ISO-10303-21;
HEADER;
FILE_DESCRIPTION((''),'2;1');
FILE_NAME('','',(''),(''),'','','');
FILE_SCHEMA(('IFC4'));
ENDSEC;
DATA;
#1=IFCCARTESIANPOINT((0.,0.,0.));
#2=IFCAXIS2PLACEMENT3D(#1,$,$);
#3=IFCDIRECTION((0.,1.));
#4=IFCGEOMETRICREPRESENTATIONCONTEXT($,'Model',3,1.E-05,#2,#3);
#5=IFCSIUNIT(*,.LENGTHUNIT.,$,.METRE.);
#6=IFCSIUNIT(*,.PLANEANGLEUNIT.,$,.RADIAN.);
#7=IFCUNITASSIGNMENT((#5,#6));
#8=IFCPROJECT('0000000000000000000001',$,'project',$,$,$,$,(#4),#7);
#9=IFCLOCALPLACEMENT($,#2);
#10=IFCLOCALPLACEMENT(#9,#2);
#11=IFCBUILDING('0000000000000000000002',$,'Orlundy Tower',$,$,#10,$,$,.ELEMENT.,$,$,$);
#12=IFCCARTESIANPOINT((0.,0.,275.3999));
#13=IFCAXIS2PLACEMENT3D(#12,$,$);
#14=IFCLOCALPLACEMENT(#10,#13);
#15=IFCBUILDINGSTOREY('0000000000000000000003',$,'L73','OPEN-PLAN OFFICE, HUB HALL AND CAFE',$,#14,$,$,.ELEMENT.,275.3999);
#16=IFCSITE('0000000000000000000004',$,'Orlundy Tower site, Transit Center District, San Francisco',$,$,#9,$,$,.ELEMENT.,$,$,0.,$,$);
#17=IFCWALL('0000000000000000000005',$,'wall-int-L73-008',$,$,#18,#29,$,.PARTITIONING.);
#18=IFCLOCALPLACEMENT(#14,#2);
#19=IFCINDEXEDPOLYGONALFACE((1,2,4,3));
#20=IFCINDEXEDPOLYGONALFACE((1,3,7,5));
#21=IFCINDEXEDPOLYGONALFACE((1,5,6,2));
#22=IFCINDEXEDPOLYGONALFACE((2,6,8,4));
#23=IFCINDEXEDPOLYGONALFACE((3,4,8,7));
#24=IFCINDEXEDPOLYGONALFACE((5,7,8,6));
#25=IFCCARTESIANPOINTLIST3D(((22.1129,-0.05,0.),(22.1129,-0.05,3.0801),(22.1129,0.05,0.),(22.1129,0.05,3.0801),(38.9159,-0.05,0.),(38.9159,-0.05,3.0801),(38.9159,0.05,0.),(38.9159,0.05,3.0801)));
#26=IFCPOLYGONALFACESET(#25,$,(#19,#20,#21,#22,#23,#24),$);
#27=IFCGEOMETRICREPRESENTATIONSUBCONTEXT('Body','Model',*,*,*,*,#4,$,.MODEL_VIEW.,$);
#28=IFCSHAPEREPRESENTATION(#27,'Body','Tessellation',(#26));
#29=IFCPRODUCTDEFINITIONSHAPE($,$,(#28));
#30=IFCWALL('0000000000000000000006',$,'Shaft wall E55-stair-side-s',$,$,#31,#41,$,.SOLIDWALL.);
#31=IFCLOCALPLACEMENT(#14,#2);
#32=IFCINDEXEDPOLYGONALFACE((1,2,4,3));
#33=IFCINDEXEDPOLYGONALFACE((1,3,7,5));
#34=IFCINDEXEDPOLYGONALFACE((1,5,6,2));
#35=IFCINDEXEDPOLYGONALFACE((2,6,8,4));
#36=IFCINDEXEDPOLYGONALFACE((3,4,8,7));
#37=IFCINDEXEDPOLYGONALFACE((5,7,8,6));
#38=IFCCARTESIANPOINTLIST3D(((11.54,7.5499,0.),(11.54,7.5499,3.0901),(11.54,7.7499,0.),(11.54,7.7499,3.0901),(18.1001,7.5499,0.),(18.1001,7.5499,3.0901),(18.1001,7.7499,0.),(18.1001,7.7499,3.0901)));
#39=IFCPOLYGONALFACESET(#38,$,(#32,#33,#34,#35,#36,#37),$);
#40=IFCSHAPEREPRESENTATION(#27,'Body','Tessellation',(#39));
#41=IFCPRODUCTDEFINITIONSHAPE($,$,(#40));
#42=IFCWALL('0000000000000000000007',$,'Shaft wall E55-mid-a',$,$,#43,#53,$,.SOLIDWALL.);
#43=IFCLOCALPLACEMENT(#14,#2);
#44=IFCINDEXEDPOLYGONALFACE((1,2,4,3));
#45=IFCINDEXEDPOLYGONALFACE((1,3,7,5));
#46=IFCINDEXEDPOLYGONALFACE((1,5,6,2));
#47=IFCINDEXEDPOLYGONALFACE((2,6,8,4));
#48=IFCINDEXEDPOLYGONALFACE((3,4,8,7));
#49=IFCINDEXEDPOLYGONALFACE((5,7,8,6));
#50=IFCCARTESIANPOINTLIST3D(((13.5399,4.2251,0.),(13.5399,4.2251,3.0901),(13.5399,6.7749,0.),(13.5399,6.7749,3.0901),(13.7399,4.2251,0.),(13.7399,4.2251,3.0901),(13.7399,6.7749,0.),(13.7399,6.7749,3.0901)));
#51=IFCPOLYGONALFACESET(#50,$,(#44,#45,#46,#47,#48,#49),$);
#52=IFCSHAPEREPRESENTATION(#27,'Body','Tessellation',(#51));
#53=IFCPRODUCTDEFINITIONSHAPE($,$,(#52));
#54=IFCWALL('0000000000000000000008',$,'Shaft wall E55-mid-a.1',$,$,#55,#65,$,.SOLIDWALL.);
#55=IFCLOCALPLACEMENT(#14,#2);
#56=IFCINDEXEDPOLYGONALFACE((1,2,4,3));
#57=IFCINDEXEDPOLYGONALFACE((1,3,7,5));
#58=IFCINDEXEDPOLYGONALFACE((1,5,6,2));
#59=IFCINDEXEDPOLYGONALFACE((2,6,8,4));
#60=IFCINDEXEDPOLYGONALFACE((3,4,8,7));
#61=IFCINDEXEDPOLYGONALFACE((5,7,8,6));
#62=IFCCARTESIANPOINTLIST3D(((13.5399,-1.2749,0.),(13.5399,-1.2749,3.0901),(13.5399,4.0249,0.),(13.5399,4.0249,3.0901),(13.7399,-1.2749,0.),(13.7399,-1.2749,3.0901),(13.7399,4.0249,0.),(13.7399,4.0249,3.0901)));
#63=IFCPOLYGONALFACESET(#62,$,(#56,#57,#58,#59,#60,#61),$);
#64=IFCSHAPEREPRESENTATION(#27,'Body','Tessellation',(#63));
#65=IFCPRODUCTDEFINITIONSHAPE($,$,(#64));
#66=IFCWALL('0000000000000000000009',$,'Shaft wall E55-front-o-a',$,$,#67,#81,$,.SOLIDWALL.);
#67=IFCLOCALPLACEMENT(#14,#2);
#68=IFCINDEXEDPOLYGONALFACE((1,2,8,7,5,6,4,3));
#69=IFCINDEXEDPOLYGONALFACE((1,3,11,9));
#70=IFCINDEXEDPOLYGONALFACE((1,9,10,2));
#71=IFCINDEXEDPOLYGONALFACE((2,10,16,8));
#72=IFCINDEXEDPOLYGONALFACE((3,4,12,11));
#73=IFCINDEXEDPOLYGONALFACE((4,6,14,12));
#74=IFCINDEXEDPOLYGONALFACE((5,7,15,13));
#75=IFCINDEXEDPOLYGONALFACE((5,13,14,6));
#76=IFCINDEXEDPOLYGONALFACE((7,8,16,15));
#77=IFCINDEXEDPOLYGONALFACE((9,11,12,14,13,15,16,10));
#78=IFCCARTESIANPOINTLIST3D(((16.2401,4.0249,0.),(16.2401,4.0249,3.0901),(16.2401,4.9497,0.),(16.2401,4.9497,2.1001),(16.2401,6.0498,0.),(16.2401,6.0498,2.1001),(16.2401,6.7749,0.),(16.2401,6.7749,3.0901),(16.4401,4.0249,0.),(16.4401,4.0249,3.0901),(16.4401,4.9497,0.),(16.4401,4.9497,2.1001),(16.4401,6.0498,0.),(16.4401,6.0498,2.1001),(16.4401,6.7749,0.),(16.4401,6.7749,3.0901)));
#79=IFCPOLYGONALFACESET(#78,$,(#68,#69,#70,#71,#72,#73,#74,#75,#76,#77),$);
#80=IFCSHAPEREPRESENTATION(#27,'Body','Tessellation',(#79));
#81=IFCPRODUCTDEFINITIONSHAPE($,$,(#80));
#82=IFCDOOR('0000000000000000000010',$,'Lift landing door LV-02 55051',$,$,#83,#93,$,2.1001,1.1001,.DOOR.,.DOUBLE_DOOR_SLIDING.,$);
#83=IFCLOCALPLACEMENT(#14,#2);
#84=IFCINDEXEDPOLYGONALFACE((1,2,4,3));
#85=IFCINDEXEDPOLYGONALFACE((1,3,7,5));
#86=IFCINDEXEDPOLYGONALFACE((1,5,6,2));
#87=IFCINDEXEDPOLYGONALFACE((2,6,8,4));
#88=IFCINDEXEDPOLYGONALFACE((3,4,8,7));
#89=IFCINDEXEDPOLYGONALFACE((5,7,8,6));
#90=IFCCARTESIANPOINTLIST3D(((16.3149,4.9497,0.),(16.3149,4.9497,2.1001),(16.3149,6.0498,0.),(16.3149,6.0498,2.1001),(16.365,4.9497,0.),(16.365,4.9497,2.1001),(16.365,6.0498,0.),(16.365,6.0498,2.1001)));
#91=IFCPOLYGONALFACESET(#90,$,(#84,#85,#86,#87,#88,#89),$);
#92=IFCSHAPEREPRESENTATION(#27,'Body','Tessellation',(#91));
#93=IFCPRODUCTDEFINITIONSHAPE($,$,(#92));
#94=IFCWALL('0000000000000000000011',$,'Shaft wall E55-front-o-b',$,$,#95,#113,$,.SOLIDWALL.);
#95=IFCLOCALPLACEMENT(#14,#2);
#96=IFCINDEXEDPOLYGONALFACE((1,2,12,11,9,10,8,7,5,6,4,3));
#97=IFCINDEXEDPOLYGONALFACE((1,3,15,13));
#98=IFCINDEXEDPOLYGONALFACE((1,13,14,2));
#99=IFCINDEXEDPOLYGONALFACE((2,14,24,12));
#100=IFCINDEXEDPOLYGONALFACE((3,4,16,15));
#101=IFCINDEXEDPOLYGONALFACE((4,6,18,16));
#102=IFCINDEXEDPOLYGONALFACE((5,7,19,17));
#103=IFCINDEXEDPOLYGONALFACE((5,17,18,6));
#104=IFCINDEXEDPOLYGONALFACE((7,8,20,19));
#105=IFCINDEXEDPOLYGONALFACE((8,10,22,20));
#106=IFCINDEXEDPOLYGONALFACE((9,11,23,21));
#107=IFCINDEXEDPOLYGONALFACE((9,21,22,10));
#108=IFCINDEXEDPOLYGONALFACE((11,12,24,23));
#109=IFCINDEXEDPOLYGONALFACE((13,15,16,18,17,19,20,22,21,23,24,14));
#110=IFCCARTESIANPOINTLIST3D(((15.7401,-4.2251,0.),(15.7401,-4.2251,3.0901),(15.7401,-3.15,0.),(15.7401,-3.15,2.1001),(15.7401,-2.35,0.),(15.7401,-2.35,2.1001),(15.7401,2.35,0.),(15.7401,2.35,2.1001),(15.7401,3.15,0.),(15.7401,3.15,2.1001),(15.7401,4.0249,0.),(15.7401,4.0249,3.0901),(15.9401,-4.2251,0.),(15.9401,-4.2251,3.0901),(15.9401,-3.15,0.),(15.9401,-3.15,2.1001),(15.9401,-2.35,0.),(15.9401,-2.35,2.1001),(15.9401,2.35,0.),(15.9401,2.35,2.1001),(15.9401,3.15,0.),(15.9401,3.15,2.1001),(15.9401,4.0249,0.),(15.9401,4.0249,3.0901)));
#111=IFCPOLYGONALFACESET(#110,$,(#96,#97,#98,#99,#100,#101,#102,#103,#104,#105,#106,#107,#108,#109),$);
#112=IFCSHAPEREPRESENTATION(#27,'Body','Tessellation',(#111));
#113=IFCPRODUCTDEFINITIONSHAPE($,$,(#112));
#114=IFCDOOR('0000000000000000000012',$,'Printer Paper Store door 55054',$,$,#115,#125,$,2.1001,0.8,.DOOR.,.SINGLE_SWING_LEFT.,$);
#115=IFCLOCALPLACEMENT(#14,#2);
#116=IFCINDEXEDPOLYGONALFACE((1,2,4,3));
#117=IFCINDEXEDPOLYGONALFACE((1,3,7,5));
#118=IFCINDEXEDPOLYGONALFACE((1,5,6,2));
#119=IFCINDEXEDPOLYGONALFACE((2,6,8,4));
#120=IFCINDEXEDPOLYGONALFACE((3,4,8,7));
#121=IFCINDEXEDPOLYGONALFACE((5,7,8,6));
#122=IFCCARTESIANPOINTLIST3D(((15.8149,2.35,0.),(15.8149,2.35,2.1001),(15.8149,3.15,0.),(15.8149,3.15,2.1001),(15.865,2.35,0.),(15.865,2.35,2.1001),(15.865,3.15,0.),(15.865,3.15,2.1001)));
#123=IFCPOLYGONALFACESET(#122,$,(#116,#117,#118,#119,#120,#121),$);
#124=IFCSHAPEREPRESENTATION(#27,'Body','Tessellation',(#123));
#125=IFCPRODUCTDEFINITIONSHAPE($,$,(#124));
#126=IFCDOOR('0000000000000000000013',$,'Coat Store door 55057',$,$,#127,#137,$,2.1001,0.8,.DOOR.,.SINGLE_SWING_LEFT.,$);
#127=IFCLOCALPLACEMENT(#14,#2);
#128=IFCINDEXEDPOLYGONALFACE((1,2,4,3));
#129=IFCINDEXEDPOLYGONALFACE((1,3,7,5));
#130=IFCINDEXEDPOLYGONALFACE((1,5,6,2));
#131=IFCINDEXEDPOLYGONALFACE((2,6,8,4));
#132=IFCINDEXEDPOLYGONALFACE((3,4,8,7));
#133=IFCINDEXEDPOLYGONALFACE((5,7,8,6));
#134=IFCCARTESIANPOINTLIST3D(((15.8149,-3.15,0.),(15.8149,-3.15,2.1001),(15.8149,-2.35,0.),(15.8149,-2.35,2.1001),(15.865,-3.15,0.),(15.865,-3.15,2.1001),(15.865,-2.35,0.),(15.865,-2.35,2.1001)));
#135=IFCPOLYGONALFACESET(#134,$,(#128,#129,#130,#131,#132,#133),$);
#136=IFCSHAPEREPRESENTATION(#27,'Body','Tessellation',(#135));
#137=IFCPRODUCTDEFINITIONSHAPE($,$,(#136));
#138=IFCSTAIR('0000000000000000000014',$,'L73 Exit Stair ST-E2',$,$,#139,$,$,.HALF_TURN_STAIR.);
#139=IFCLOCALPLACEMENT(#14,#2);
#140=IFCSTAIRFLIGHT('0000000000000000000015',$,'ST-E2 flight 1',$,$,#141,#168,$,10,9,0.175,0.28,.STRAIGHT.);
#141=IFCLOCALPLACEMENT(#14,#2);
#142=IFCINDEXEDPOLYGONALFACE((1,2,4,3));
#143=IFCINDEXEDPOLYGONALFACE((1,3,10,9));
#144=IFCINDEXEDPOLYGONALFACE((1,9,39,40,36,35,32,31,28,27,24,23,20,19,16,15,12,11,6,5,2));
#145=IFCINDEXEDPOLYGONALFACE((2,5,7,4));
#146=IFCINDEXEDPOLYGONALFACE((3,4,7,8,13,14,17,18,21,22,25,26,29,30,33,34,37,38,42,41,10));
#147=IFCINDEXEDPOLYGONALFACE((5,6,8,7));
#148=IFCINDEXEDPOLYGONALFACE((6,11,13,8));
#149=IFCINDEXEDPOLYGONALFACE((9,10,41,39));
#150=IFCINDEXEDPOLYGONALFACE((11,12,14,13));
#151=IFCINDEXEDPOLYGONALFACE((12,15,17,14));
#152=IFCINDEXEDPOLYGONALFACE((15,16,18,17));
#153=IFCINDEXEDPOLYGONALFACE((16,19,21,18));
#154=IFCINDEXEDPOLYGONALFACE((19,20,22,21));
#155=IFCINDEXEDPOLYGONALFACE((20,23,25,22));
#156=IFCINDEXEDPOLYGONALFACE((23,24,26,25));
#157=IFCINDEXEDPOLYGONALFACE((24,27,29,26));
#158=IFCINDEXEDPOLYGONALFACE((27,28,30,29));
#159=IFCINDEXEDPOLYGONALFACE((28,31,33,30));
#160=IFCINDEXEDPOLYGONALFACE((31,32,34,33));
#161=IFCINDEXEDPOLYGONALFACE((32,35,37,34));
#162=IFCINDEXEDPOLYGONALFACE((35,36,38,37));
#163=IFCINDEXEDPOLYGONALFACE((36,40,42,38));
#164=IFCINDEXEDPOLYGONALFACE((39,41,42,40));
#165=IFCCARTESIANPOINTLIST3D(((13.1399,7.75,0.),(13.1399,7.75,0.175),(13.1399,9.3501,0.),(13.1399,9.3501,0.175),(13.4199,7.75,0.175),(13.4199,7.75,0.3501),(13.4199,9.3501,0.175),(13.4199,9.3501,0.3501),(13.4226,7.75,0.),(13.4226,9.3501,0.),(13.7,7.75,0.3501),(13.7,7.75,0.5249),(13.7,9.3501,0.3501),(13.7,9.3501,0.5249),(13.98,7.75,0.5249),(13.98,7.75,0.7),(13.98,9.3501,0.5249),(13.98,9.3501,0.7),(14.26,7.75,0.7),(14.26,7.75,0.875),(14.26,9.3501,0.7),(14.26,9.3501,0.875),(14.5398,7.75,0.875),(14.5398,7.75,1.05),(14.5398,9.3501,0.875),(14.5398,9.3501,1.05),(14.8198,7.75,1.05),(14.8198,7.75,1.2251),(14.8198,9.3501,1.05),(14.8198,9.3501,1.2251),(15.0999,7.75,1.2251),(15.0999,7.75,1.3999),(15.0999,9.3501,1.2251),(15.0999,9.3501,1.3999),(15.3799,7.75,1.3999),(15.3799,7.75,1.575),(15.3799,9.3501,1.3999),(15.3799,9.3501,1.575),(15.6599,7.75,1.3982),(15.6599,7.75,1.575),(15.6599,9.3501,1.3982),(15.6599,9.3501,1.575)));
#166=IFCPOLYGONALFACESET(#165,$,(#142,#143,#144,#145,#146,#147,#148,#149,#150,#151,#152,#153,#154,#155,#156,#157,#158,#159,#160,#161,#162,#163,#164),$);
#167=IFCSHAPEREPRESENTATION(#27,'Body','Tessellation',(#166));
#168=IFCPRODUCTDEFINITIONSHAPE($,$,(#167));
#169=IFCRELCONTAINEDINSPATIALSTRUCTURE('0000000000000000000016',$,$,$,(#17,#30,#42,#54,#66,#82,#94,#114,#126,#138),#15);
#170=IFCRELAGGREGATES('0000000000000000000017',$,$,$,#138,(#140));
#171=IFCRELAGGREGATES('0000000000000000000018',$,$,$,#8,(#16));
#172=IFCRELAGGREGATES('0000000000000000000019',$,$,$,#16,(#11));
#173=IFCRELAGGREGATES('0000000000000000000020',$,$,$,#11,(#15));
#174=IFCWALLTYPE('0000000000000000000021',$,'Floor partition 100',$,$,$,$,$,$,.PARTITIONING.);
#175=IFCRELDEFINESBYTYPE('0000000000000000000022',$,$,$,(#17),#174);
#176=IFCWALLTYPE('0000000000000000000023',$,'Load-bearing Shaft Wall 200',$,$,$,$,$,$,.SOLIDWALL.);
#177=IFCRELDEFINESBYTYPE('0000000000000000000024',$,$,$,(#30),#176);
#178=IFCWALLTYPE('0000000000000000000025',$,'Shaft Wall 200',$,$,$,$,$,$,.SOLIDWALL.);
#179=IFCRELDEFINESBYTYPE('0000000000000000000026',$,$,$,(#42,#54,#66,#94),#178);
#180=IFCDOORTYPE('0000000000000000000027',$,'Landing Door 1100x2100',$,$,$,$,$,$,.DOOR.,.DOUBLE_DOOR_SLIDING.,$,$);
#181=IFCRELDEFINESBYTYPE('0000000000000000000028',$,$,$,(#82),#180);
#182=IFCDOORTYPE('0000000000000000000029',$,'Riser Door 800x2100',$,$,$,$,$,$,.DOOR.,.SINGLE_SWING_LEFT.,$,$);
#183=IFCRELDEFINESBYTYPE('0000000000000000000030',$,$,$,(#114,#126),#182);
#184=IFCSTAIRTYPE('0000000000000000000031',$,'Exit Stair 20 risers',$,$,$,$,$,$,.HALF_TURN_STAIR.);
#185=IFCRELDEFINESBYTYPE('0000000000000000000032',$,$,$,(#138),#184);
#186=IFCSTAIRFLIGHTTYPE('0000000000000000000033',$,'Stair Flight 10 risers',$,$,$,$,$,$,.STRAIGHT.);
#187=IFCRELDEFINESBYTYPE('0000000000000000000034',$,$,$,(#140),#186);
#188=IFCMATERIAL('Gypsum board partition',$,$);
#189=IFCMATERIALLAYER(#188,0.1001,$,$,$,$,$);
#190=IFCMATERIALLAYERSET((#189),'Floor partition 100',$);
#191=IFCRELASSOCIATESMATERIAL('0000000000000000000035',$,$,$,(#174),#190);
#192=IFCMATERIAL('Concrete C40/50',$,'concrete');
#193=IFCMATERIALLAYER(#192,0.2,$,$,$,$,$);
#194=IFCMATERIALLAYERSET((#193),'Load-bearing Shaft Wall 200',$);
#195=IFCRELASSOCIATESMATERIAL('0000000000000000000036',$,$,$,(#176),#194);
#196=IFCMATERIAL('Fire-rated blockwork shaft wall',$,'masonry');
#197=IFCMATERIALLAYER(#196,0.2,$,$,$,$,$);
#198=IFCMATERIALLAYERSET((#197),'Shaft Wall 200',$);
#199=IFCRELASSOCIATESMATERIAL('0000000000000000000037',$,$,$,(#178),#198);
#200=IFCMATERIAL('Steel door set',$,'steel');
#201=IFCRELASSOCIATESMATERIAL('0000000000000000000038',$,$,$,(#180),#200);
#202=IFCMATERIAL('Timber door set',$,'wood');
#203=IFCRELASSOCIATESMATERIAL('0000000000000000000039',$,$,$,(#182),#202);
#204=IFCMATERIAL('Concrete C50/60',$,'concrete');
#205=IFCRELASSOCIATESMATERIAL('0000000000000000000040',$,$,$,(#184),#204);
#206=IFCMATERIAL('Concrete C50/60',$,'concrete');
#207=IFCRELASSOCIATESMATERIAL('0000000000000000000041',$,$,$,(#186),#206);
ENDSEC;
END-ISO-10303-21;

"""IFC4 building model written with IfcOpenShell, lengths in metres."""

from ifc_helpers import new_model, si_unit, direction, frame, frame_2d, origin, place, context, subcontext, project, spatial, polyline, rectangle, outline, extrude, material, layer, layer_set, type_object, element, fill, aggregate, save


model = new_model("IFC4")

# Units and contexts
model_context = context("Model", 3, precision=1e-05, world=origin(), true_north=direction((0.0, 1.0)))
body_context = subcontext(model_context, "Body", "Model", "MODEL_VIEW")
ifc_project = project(units=[si_unit("LENGTHUNIT", "METRE"), si_unit("PLANEANGLEUNIT", "RADIAN")], contexts=[model_context])

# Site, building, storey
site_placement = place(None, origin())
site = spatial("IfcSite", under=ifc_project, at=site_placement, Name="Orlundy Tower site, Transit Center District, San Francisco", CompositionType="ELEMENT", RefElevation=0.0)
building_placement = place(site_placement, origin())
building = spatial("IfcBuilding", under=site, at=building_placement, Name="Orlundy Tower", CompositionType="ELEMENT")
storey_placement = place(building_placement, frame((0.0, 0.0, 275.3999)))
storey = spatial("IfcBuildingStorey", under=building, at=storey_placement, Name="L73", Description="OPEN-PLAN OFFICE, HUB HALL AND CAFE", CompositionType="ELEMENT", Elevation=275.3999)

# Walls
ifc_material_1 = material(Name="Gypsum board partition")
ifc_layer_1 = layer(ifc_material_1, 0.1001)
ifc_layer_set_1 = layer_set([ifc_layer_1], Name="Floor partition 100")
wall_type_1 = type_object("IfcWallType", Name="Floor partition 100", PredefinedType="PARTITIONING", material=ifc_layer_set_1)
wall_1_placement = place(storey_placement, frame((22.113, 0.0, 0.0), z_axis=(0.0, 0.0, 1.0), x_axis=(1.0, 0.0, 0.0)))
element("IfcWall", 1, at=wall_1_placement, inside=storey, type_object=wall_type_1, Name="wall-int-L73-008", PredefinedType="PARTITIONING", context=body_context, shape_type="SweptSolid", body=[
    extrude(rectangle(XDim=16.803, YDim=0.1001, at=frame_2d((8.4014, 0.0))), origin(), (0.0, 0.0, 1.0), 3.0801),
])
ifc_material_2 = material(Name="Concrete C40/50", Category="concrete")
ifc_layer_2 = layer(ifc_material_2, 0.2)
ifc_layer_set_2 = layer_set([ifc_layer_2], Name="Load-bearing Shaft Wall 200")
wall_type_2 = type_object("IfcWallType", Name="Load-bearing Shaft Wall 200", PredefinedType="SOLIDWALL", material=ifc_layer_set_2)
wall_2_placement = place(storey_placement, frame((11.54, 7.6499, 0.0), z_axis=(0.0, 0.0, 1.0), x_axis=(1.0, 0.0, 0.0)))
element("IfcWall", 2, at=wall_2_placement, inside=storey, type_object=wall_type_2, Name="Shaft wall E55-stair-side-s", PredefinedType="SOLIDWALL", context=body_context, shape_type="SweptSolid", body=[
    extrude(rectangle(XDim=6.5601, YDim=0.2, at=frame_2d((3.28, 0.0))), origin(), (0.0, 0.0, 1.0), 3.0901),
])
ifc_material_3 = material(Name="Fire-rated blockwork shaft wall", Category="masonry")
ifc_layer_3 = layer(ifc_material_3, 0.2)
ifc_layer_set_3 = layer_set([ifc_layer_3], Name="Shaft Wall 200")
wall_type_3 = type_object("IfcWallType", Name="Shaft Wall 200", PredefinedType="SOLIDWALL", material=ifc_layer_set_3)
wall_3_placement = place(storey_placement, frame((13.6399, 6.7749, 0.0), z_axis=(0.0, 0.0, 1.0), x_axis=(0.0, -1.0, 0.0)))
element("IfcWall", 3, at=wall_3_placement, inside=storey, type_object=wall_type_3, Name="Shaft wall E55-mid-a", PredefinedType="SOLIDWALL", context=body_context, shape_type="SweptSolid", body=[
    extrude(rectangle(XDim=2.5498, YDim=0.2, at=frame_2d((1.2749, 0.0))), origin(), (0.0, 0.0, 1.0), 3.0901),
])
wall_4_placement = place(storey_placement, frame((13.6399, 4.0249, 0.0), z_axis=(0.0, 0.0, 1.0), x_axis=(0.0, -1.0, 0.0)))
element("IfcWall", 4, at=wall_4_placement, inside=storey, type_object=wall_type_3, Name="Shaft wall E55-mid-a.1", PredefinedType="SOLIDWALL", context=body_context, shape_type="SweptSolid", body=[
    extrude(rectangle(XDim=5.2998, YDim=0.2, at=frame_2d((2.6499, 0.0))), origin(), (0.0, 0.0, 1.0), 3.0901),
])

# Wall, opening, door
wall_5_placement = place(storey_placement, frame((16.3401, 6.7749, 0.0), z_axis=(0.0, 0.0, 1.0), x_axis=(0.0, -1.0, 0.0)))
wall_5 = element("IfcWall", 5, at=wall_5_placement, inside=storey, type_object=wall_type_3, Name="Shaft wall E55-front-o-a", PredefinedType="SOLIDWALL", context=body_context, shape_type="SweptSolid", body=[
    extrude(rectangle(XDim=2.75, YDim=0.2, at=frame_2d((1.375, 0.0))), origin(), (0.0, 0.0, 1.0), 3.0901),
])
opening_1_placement = place(wall_5_placement, frame((0.7251, 0.0, 0.0)))
opening_1 = element("IfcOpeningElement", 6, at=opening_1_placement, cuts=wall_5, PredefinedType="OPENING", context=body_context, shape_type="SweptSolid", body=[
    extrude(rectangle(XDim=1.1001, YDim=2.1001, at=frame_2d((0.55, 1.05))), frame((0.0, 0.1101, 0.0), z_axis=(0.0, -1.0, 0.0), x_axis=(1.0, 0.0, 0.0)), (0.0, 0.0, 1.0), 0.2202),
])
ifc_material_4 = material(Name="Steel door set", Category="steel")
door_type_1 = type_object("IfcDoorType", Name="Landing Door 1100x2100", OperationType="DOUBLE_DOOR_SLIDING", PredefinedType="DOOR", material=ifc_material_4)
door_1_placement = place(opening_1_placement, origin())
door_1 = element("IfcDoor", 7, at=door_1_placement, inside=storey, type_object=door_type_1, Name="Lift landing door LV-02 55051", OperationType="DOUBLE_DOOR_SLIDING", OverallHeight=2.1001, OverallWidth=1.1001, PredefinedType="DOOR", context=body_context, shape_type="SweptSolid", body=[
    extrude(rectangle(XDim=1.1001, YDim=2.1001, at=frame_2d((0.55, 1.05))), frame((0.0, 0.0249, 0.0), z_axis=(0.0, -1.0, 0.0), x_axis=(1.0, 0.0, 0.0)), (0.0, 0.0, 1.0), 0.05),
])
fill(opening_1, door_1)

# Wall, openings, doors
wall_6_placement = place(storey_placement, frame((15.8401, 4.0249, 0.0), z_axis=(0.0, 0.0, 1.0), x_axis=(0.0, -1.0, 0.0)))
wall_6 = element("IfcWall", 8, at=wall_6_placement, inside=storey, type_object=wall_type_3, Name="Shaft wall E55-front-o-b", PredefinedType="SOLIDWALL", context=body_context, shape_type="SweptSolid", body=[
    extrude(rectangle(XDim=8.25, YDim=0.2, at=frame_2d((4.125, 0.0))), origin(), (0.0, 0.0, 1.0), 3.0901),
])
opening_2_placement = place(wall_6_placement, frame((0.875, 0.0, 0.0)))
opening_2 = element("IfcOpeningElement", 9, at=opening_2_placement, cuts=wall_6, PredefinedType="OPENING", context=body_context, shape_type="SweptSolid", body=[
    extrude(rectangle(XDim=0.8, YDim=2.1001, at=frame_2d((0.3999, 1.05))), frame((0.0, 0.1101, 0.0), z_axis=(0.0, -1.0, 0.0), x_axis=(1.0, 0.0, 0.0)), (0.0, 0.0, 1.0), 0.2202),
])
opening_3_placement = place(wall_6_placement, frame((6.375, 0.0, 0.0)))
opening_3 = element("IfcOpeningElement", 10, at=opening_3_placement, cuts=wall_6, PredefinedType="OPENING", context=body_context, shape_type="SweptSolid", body=[
    extrude(rectangle(XDim=0.8, YDim=2.1001, at=frame_2d((0.3999, 1.05))), frame((0.0, 0.1101, 0.0), z_axis=(0.0, -1.0, 0.0), x_axis=(1.0, 0.0, 0.0)), (0.0, 0.0, 1.0), 0.2202),
])
ifc_material_5 = material(Name="Timber door set", Category="wood")
door_type_2 = type_object("IfcDoorType", Name="Riser Door 800x2100", OperationType="SINGLE_SWING_LEFT", PredefinedType="DOOR", material=ifc_material_5)
door_2_placement = place(opening_2_placement, origin())
door_2 = element("IfcDoor", 11, at=door_2_placement, inside=storey, type_object=door_type_2, Name="Printer Paper Store door 55054", OperationType="SINGLE_SWING_LEFT", OverallHeight=2.1001, OverallWidth=0.8, PredefinedType="DOOR", context=body_context, shape_type="SweptSolid", body=[
    extrude(rectangle(XDim=0.8, YDim=2.1001, at=frame_2d((0.3999, 1.05))), frame((0.0, 0.0249, 0.0), z_axis=(0.0, -1.0, 0.0), x_axis=(1.0, 0.0, 0.0)), (0.0, 0.0, 1.0), 0.05),
])
fill(opening_2, door_2)
door_3_placement = place(opening_3_placement, origin())
door_3 = element("IfcDoor", 12, at=door_3_placement, inside=storey, type_object=door_type_2, Name="Coat Store door 55057", OperationType="SINGLE_SWING_LEFT", OverallHeight=2.1001, OverallWidth=0.8, PredefinedType="DOOR", context=body_context, shape_type="SweptSolid", body=[
    extrude(rectangle(XDim=0.8, YDim=2.1001, at=frame_2d((0.3999, 1.05))), frame((0.0, 0.0249, 0.0), z_axis=(0.0, -1.0, 0.0), x_axis=(1.0, 0.0, 0.0)), (0.0, 0.0, 1.0), 0.05),
])
fill(opening_3, door_3)

# Stair, stair flight
ifc_material_6 = material(Name="Concrete C50/60", Category="concrete")
stair_type = type_object("IfcStairType", Name="Exit Stair 20 risers", PredefinedType="HALF_TURN_STAIR", material=ifc_material_6)
stair_placement = place(storey_placement, origin())
stair = element("IfcStair", 13, at=stair_placement, inside=storey, type_object=stair_type, Name="L73 Exit Stair ST-E2", PredefinedType="HALF_TURN_STAIR")
ifc_material_7 = material(Name="Concrete C50/60", Category="concrete")
stair_flight_type = type_object("IfcStairFlightType", Name="Stair Flight 10 risers", PredefinedType="STRAIGHT", material=ifc_material_7)
stair_flight_1_placement = place(storey_placement, frame((13.1399, 8.55, 0.0), z_axis=(0.0, 0.0, 1.0), x_axis=(1.0, 0.0, 0.0)))
stair_flight_1 = element("IfcStairFlight", 14, at=stair_flight_1_placement, type_object=stair_flight_type, Name="ST-E2 flight 1", NumberOfRisers=10, NumberOfTreads=9, PredefinedType="STRAIGHT", RiserHeight=0.175, TreadLength=0.28, context=body_context, shape_type="SweptSolid", body=[
    extrude(outline(polyline([(0.0, 0.0), (0.0, 0.175), (0.28, 0.175), (0.28, 0.3501), (0.5601, 0.3501), (0.5601, 0.5249), (0.8401, 0.5249), (0.8401, 0.7), (1.1201, 0.7), (1.1201, 0.875), (1.3999, 0.875), (1.3999, 1.05), (1.6799, 1.05), (1.6799, 1.2251), (1.96, 1.2251), (1.96, 1.3999), (2.24, 1.3999), (2.24, 1.575), (2.52, 1.575), (2.52, 1.75), (2.52, 1.3982), (0.2827, 0.0), (0.0, 0.0)])), frame((0.0, 0.8, 0.0), z_axis=(0.0, -1.0, 0.0), x_axis=(1.0, 0.0, 0.0)), (0.0, 0.0, 1.0), 1.6001),
])
aggregate(stair, [stair_flight_1])

save(model, "model.ifc")
